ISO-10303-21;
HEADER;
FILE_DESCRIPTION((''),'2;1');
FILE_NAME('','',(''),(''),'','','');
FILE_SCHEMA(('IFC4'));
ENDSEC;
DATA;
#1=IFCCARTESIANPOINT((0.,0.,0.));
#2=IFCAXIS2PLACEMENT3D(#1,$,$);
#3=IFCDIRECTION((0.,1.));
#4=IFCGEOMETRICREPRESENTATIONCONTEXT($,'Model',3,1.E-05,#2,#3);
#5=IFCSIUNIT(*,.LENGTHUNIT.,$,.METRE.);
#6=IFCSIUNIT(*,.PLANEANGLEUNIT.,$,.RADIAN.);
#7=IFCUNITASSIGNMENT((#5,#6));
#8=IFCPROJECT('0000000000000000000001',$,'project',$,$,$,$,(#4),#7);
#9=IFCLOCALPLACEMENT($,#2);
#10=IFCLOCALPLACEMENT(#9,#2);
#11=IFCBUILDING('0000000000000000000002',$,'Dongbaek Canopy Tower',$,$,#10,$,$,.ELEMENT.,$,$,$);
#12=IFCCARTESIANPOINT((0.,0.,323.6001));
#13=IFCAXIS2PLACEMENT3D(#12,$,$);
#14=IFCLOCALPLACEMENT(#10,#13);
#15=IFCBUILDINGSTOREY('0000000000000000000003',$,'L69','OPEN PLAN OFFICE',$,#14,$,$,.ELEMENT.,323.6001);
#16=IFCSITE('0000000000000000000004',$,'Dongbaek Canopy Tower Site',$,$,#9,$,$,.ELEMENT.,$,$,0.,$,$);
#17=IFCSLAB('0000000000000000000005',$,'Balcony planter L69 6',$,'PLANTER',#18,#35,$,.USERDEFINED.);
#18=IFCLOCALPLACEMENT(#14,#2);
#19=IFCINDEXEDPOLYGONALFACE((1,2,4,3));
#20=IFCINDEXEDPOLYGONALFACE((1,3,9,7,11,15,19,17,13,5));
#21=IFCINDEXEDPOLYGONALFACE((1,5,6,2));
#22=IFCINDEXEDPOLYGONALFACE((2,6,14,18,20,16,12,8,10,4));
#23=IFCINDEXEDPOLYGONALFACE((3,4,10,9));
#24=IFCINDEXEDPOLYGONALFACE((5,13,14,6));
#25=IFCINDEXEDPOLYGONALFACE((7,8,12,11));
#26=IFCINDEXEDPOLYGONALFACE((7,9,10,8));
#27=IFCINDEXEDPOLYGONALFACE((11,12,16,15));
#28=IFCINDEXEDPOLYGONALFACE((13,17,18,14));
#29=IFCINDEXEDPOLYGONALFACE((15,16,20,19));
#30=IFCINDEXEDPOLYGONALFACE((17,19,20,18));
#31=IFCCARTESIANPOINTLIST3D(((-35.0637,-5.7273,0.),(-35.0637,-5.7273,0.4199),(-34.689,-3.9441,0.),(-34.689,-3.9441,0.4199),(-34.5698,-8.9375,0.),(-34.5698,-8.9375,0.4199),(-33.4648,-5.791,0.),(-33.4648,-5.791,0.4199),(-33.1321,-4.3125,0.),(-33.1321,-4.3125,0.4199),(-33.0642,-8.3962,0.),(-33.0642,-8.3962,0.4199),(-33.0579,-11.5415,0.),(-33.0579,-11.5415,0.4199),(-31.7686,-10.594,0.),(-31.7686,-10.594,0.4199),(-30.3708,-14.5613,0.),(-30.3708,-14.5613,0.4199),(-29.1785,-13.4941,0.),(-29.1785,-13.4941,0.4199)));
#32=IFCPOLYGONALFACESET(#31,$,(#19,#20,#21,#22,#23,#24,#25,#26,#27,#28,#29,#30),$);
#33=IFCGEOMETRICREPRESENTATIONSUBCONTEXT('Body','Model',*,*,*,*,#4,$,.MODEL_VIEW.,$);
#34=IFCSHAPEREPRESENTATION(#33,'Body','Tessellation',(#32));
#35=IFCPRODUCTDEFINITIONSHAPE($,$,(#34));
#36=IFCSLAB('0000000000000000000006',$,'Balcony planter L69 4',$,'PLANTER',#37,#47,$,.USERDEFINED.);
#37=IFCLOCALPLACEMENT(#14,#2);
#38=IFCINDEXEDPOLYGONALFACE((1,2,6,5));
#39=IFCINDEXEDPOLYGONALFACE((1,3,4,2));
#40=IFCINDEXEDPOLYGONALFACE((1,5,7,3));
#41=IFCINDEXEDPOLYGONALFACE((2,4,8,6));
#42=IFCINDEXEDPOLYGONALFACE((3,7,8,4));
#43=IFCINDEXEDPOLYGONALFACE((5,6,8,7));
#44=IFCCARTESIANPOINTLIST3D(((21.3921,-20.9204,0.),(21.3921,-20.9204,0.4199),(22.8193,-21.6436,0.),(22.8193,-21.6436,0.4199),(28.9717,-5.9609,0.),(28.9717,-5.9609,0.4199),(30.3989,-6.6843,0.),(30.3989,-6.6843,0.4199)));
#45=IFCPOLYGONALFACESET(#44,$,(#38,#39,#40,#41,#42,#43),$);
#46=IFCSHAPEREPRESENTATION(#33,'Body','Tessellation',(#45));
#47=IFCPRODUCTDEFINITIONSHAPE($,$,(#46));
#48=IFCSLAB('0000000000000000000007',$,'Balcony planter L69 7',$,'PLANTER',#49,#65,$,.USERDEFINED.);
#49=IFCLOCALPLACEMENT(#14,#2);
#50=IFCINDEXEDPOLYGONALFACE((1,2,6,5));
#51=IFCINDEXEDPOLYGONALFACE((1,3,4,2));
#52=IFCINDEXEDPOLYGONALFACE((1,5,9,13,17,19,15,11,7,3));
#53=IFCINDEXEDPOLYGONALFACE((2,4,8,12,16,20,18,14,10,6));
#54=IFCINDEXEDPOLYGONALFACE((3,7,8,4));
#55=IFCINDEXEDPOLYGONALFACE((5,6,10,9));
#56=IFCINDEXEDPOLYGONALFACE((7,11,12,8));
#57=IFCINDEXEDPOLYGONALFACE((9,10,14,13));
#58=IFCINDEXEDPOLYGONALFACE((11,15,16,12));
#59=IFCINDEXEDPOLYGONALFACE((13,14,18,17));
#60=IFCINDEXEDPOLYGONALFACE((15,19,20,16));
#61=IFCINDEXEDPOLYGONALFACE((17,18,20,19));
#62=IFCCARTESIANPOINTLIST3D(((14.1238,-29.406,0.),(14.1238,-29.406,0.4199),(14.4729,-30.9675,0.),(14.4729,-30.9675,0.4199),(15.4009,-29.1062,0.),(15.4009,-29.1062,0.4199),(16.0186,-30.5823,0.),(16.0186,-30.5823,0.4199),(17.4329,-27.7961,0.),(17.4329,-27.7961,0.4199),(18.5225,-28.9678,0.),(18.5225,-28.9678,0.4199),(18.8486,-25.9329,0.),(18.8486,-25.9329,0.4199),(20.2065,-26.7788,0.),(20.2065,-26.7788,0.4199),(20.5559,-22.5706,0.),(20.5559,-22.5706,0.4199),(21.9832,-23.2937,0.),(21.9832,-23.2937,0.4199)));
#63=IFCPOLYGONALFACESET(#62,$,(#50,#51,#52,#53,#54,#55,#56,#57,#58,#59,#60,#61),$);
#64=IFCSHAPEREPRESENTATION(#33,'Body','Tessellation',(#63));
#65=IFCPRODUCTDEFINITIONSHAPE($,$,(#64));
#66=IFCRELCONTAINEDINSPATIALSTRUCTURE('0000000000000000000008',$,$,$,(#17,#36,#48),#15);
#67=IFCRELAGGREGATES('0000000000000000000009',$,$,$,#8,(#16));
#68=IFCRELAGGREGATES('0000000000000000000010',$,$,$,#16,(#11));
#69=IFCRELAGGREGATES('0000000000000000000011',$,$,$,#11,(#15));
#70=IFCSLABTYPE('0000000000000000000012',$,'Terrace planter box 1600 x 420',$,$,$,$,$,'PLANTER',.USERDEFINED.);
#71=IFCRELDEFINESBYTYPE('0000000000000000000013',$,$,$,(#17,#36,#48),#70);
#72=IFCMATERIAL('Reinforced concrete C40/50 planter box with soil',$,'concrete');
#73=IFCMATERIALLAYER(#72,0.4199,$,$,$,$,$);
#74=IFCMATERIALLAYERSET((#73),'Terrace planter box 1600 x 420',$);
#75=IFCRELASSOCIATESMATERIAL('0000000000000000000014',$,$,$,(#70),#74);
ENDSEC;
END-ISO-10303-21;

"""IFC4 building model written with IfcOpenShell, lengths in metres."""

from ifc_helpers import new_model, si_unit, direction, frame, origin, place, context, subcontext, project, spatial, polyline, outline, extrude, material, layer, layer_set, type_object, element, save


model = new_model("IFC4")

# Units and contexts
model_context = context("Model", 3, precision=1e-05, world=origin(), true_north=direction((0.0, 1.0)))
body_context = subcontext(model_context, "Body", "Model", "MODEL_VIEW")
ifc_project = project(units=[si_unit("LENGTHUNIT", "METRE"), si_unit("PLANEANGLEUNIT", "RADIAN")], contexts=[model_context])

# Site, building, storey
site_placement = place(None, origin())
site = spatial("IfcSite", under=ifc_project, at=site_placement, Name="Dongbaek Canopy Tower Site", CompositionType="ELEMENT", RefElevation=0.0)
building_placement = place(site_placement, origin())
building = spatial("IfcBuilding", under=site, at=building_placement, Name="Dongbaek Canopy Tower", CompositionType="ELEMENT")
storey_placement = place(building_placement, frame((0.0, 0.0, 323.6001)))
storey = spatial("IfcBuildingStorey", under=building, at=storey_placement, Name="L69", Description="OPEN PLAN OFFICE", CompositionType="ELEMENT", Elevation=323.6001)

# Slabs
ifc_material_1 = material(Name="Reinforced concrete C40/50 planter box with soil", Category="concrete")
ifc_layer_1 = layer(ifc_material_1, 0.4199)
ifc_layer_set_1 = layer_set([ifc_layer_1], Name="Terrace planter box 1600 x 420")
slab_type_1 = type_object("IfcSlabType", Name="Terrace planter box 1600 x 420", ElementType="PLANTER", PredefinedType="USERDEFINED", material=ifc_layer_set_1)
slab_1_placement = place(storey_placement, origin())
element("IfcSlab", 1, at=slab_1_placement, inside=storey, type_object=slab_type_1, Name="Balcony planter L69 6", ObjectType="PLANTER", PredefinedType="USERDEFINED", context=body_context, shape_type="SweptSolid", body=[
    extrude(outline(polyline([(-33.1321, -4.3125), (-33.4648, -5.791), (-33.0642, -8.3962), (-31.7686, -10.594), (-29.1785, -13.4941), (-30.3708, -14.5613), (-33.0579, -11.5415), (-34.5698, -8.9375), (-35.0637, -5.7273), (-34.689, -3.9441), (-33.1321, -4.3125)])), origin(), (0.0, 0.0, 1.0), 0.4199),
])
slab_2_placement = place(storey_placement, origin())
element("IfcSlab", 2, at=slab_2_placement, inside=storey, type_object=slab_type_1, Name="Balcony planter L69 4", ObjectType="PLANTER", PredefinedType="USERDEFINED", context=body_context, shape_type="SweptSolid", body=[
    extrude(outline(polyline([(21.3921, -20.9204), (28.9717, -5.9609), (30.3989, -6.6843), (22.8193, -21.6436), (21.3921, -20.9204)])), origin(), (0.0, 0.0, 1.0), 0.4199),
])
slab_3_placement = place(storey_placement, origin())
element("IfcSlab", 3, at=slab_3_placement, inside=storey, type_object=slab_type_1, Name="Balcony planter L69 7", ObjectType="PLANTER", PredefinedType="USERDEFINED", context=body_context, shape_type="SweptSolid", body=[
    extrude(outline(polyline([(14.1238, -29.406), (15.4009, -29.1062), (17.4329, -27.7961), (18.8486, -25.9329), (20.5559, -22.5706), (21.9832, -23.2937), (20.2065, -26.7788), (18.5225, -28.9678), (16.0186, -30.5823), (14.4729, -30.9675), (14.1238, -29.406)])), origin(), (0.0, 0.0, 1.0), 0.4199),
])

save(model, "model.ifc")
